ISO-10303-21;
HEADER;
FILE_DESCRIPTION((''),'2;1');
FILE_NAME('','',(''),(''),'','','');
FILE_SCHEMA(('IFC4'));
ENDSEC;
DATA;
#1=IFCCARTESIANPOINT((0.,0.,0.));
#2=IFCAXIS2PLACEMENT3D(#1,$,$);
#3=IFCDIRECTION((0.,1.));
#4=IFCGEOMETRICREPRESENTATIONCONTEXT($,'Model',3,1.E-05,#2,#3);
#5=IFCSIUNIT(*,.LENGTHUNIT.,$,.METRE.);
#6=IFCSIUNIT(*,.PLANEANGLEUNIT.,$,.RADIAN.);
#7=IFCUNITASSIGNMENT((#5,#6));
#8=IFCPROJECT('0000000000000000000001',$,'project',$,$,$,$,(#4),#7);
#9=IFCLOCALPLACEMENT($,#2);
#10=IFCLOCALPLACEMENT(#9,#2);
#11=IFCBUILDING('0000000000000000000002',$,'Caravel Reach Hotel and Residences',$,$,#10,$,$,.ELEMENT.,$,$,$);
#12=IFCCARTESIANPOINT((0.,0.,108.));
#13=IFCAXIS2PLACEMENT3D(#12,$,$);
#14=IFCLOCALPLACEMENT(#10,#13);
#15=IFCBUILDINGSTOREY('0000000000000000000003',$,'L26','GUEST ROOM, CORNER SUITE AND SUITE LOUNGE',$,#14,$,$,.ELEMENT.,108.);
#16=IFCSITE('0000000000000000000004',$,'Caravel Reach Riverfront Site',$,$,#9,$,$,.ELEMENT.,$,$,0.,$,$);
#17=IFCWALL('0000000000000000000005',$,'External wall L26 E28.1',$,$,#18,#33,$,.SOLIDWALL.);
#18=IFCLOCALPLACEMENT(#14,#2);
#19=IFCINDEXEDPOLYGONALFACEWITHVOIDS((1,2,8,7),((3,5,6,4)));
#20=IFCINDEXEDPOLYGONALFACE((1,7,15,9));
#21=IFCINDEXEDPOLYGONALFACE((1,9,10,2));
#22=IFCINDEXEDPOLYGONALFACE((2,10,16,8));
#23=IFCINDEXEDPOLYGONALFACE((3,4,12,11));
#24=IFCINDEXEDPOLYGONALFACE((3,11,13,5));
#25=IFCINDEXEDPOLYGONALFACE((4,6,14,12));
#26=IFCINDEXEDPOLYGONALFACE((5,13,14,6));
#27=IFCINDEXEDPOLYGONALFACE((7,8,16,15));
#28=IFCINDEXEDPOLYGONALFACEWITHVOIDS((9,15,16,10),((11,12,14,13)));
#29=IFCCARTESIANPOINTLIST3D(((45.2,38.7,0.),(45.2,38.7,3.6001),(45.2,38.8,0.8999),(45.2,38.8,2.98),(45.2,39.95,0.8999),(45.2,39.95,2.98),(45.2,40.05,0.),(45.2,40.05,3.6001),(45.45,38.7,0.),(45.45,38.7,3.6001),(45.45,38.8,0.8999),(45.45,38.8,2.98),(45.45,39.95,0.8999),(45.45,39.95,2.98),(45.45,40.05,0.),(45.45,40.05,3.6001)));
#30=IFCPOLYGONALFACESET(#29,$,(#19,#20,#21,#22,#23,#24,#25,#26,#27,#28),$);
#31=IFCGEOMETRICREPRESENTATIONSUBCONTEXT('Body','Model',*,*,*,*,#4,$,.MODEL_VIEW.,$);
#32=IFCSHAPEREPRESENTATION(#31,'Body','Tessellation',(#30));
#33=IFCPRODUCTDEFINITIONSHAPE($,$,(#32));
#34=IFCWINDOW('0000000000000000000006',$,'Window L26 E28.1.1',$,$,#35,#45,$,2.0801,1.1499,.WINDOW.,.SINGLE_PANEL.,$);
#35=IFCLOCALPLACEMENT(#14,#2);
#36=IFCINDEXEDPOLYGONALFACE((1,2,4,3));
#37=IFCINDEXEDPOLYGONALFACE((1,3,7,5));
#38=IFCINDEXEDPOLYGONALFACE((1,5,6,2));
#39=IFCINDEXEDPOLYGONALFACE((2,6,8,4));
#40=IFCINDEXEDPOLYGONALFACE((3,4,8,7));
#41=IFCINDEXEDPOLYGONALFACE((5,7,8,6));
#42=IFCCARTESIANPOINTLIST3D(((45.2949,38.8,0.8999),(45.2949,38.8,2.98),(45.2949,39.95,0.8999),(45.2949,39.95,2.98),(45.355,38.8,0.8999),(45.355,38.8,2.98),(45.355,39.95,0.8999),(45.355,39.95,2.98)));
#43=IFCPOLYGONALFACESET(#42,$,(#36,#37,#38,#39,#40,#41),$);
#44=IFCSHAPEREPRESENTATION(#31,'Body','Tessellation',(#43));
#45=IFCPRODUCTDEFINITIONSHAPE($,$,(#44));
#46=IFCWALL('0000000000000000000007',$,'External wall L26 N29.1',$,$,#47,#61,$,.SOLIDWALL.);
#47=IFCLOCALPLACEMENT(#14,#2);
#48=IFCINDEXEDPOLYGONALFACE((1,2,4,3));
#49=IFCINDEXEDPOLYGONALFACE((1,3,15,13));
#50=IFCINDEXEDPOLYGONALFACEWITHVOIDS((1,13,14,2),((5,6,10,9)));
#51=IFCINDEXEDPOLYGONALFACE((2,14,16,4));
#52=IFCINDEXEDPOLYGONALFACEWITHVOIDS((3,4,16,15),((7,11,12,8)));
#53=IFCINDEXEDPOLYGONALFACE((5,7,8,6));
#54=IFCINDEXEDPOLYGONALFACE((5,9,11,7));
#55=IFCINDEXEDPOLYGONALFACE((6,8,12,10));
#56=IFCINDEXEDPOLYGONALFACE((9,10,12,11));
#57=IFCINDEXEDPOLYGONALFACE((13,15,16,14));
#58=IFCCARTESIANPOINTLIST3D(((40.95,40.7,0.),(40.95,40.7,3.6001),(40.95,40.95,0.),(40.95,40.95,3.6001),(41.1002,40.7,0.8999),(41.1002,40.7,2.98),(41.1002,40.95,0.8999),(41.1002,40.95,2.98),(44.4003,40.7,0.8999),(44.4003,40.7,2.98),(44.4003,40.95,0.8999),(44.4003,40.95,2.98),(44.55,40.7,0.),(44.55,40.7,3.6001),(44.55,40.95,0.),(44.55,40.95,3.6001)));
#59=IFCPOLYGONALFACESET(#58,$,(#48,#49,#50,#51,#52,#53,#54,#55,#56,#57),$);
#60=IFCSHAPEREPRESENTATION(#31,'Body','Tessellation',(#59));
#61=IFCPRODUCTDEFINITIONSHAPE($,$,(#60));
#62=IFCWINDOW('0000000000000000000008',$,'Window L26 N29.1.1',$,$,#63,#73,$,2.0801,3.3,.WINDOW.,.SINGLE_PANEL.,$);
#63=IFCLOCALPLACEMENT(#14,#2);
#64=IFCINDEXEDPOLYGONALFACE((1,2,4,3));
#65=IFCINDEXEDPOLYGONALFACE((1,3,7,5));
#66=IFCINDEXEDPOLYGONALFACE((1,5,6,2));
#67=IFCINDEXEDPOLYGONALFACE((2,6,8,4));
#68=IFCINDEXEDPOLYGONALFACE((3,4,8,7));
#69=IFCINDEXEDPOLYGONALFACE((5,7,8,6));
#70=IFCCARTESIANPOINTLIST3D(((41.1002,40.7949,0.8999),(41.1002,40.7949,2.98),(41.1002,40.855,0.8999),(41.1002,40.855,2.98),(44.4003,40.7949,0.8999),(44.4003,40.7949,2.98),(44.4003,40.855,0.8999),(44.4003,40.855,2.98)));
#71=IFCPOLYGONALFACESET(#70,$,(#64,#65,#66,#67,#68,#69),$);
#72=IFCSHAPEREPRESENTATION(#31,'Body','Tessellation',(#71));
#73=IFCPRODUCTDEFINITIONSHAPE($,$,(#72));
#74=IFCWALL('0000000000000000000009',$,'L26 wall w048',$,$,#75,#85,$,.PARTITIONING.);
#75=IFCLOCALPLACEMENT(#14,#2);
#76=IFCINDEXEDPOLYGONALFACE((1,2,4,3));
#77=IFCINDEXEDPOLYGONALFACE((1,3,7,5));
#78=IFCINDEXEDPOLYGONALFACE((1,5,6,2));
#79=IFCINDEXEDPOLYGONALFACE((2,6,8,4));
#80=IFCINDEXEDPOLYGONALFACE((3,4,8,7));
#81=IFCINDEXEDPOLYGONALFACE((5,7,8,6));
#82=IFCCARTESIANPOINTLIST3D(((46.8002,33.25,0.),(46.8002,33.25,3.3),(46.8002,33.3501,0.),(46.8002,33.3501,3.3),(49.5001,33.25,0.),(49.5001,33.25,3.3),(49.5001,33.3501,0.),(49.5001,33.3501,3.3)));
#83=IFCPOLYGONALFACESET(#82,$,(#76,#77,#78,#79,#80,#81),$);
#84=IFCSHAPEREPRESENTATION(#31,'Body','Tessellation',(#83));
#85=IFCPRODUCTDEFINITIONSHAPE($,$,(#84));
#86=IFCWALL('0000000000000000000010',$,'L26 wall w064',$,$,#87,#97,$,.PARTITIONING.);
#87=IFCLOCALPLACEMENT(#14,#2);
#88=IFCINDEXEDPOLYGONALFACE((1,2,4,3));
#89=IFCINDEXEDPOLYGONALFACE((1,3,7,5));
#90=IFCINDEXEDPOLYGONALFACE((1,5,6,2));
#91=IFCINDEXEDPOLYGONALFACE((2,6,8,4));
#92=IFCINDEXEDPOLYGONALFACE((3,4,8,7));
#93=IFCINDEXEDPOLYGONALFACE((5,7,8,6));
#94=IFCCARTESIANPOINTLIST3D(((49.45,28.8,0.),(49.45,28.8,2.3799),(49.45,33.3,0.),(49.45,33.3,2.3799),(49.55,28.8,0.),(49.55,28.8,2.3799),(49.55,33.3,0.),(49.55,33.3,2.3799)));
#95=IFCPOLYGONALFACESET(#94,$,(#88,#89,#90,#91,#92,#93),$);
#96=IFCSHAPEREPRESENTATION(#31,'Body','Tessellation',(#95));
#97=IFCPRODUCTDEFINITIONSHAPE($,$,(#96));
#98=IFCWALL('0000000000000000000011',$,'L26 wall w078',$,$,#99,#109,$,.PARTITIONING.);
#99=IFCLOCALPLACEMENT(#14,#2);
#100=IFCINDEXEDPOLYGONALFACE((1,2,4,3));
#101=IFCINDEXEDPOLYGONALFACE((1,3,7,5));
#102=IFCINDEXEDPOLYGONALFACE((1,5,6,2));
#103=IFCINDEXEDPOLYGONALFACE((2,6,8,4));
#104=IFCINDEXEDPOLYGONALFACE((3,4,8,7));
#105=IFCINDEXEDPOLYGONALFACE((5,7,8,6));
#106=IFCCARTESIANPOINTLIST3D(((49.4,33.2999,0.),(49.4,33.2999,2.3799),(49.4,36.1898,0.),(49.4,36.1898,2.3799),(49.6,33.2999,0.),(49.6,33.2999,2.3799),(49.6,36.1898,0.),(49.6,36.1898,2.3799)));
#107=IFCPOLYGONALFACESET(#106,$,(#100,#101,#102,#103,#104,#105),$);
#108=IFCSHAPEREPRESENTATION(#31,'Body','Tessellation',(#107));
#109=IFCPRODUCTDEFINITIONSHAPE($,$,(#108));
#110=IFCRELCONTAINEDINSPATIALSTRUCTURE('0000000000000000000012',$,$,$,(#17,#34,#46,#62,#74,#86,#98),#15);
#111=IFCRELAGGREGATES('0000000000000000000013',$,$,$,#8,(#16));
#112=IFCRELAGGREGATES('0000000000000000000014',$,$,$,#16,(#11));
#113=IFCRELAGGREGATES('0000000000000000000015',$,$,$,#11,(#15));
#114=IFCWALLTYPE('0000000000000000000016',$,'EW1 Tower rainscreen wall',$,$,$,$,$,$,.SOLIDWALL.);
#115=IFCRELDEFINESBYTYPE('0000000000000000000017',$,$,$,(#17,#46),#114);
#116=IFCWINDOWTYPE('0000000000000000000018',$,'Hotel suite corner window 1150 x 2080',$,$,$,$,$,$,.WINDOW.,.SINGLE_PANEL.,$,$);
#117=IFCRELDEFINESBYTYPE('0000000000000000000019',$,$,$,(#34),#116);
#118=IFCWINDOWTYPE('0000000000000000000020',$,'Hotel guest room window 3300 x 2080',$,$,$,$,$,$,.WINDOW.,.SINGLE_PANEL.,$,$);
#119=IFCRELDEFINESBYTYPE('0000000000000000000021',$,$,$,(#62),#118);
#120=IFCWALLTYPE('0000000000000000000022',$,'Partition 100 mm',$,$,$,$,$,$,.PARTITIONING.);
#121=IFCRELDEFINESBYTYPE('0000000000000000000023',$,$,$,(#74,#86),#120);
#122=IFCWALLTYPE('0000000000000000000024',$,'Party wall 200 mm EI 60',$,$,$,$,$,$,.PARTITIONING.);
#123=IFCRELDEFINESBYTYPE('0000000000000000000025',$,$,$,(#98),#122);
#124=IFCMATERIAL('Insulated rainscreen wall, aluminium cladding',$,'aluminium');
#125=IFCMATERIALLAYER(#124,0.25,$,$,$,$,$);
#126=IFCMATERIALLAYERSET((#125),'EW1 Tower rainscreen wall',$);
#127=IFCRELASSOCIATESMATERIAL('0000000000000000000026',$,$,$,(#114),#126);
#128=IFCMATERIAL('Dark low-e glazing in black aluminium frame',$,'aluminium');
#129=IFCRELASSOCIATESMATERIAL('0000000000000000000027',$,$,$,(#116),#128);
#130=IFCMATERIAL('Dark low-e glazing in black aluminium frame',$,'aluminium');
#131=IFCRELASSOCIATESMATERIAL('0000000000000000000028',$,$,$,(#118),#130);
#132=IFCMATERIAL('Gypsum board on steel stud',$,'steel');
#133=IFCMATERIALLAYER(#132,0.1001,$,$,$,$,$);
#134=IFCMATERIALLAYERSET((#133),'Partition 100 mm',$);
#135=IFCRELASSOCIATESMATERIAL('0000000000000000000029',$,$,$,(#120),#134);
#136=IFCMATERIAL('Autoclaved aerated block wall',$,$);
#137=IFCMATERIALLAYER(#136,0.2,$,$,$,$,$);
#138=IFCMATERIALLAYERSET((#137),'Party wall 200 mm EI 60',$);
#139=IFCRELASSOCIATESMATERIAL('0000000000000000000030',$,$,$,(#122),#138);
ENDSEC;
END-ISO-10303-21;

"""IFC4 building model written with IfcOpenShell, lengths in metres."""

from ifc_helpers import new_model, si_unit, direction, frame, frame_2d, origin, place, context, subcontext, project, spatial, rectangle, extrude, material, layer, layer_set, type_object, element, fill, save


model = new_model("IFC4")

# Units and contexts
model_context = context("Model", 3, precision=1e-05, world=origin(), true_north=direction((0.0, 1.0)))
body_context = subcontext(model_context, "Body", "Model", "MODEL_VIEW")
ifc_project = project(units=[si_unit("LENGTHUNIT", "METRE"), si_unit("PLANEANGLEUNIT", "RADIAN")], contexts=[model_context])

# Site, building, storey
site_placement = place(None, origin())
site = spatial("IfcSite", under=ifc_project, at=site_placement, Name="Caravel Reach Riverfront Site", CompositionType="ELEMENT", RefElevation=0.0)
building_placement = place(site_placement, origin())
building = spatial("IfcBuilding", under=site, at=building_placement, Name="Caravel Reach Hotel and Residences", CompositionType="ELEMENT")
storey_placement = place(building_placement, frame((0.0, 0.0, 108.0)))
storey = spatial("IfcBuildingStorey", under=building, at=storey_placement, Name="L26", Description="GUEST ROOM, CORNER SUITE AND SUITE LOUNGE", CompositionType="ELEMENT", Elevation=108.0)

# Walls, openings, windows
ifc_material_1 = material(Name="Insulated rainscreen wall, aluminium cladding", Category="aluminium")
ifc_layer_1 = layer(ifc_material_1, 0.25)
ifc_layer_set_1 = layer_set([ifc_layer_1], Name="EW1 Tower rainscreen wall")
wall_type_1 = type_object("IfcWallType", Name="EW1 Tower rainscreen wall", PredefinedType="SOLIDWALL", material=ifc_layer_set_1)
ifc_material_2 = material(Name="Dark low-e glazing in black aluminium frame", Category="aluminium")
window_type_1 = type_object("IfcWindowType", Name="Hotel suite corner window 1150 x 2080", PartitioningType="SINGLE_PANEL", PredefinedType="WINDOW", material=ifc_material_2)
wall_1_placement = place(storey_placement, frame((45.325, 38.7, 0.0), z_axis=(0.0, 0.0, 1.0), x_axis=(0.0, 1.0, 0.0)))
wall_1 = element("IfcWall", 1, at=wall_1_placement, inside=storey, type_object=wall_type_1, Name="External wall L26 E28.1", PredefinedType="SOLIDWALL", context=body_context, shape_type="SweptSolid", body=[
    extrude(rectangle(XDim=1.3501, YDim=0.25, at=frame_2d((0.675, 0.0))), origin(), (0.0, 0.0, 1.0), 3.6001),
])
opening_1_placement = place(wall_1_placement, frame((0.1001, 0.0, 0.8999)))
opening_1 = element("IfcOpeningElement", 2, at=opening_1_placement, cuts=wall_1, PredefinedType="OPENING", context=body_context, shape_type="SweptSolid", body=[
    extrude(rectangle(XDim=1.1499, YDim=2.0801, at=frame_2d((0.575, 1.04))), frame((0.0, 0.135, 0.0), z_axis=(0.0, -1.0, 0.0), x_axis=(1.0, 0.0, 0.0)), (0.0, 0.0, 1.0), 0.27),
])
window_1_placement = place(opening_1_placement, origin())
window_1 = element("IfcWindow", 3, at=window_1_placement, inside=storey, type_object=window_type_1, Name="Window L26 E28.1.1", OverallHeight=2.0801, OverallWidth=1.1499, PartitioningType="SINGLE_PANEL", PredefinedType="WINDOW", context=body_context, shape_type="SweptSolid", body=[
    extrude(rectangle(XDim=1.1499, YDim=2.0801, at=frame_2d((0.575, 1.04))), frame((0.0, 0.03, 0.0), z_axis=(0.0, -1.0, 0.0), x_axis=(1.0, 0.0, 0.0)), (0.0, 0.0, 1.0), 0.0601),
])
fill(opening_1, window_1)
wall_2_placement = place(storey_placement, frame((44.55, 40.825, 0.0), z_axis=(0.0, 0.0, 1.0), x_axis=(-1.0, 0.0, 0.0)))
wall_2 = element("IfcWall", 4, at=wall_2_placement, inside=storey, type_object=wall_type_1, Name="External wall L26 N29.1", PredefinedType="SOLIDWALL", context=body_context, shape_type="SweptSolid", body=[
    extrude(rectangle(XDim=3.6001, YDim=0.25, at=frame_2d((1.8, 0.0))), origin(), (0.0, 0.0, 1.0), 3.6001),
])
opening_2_placement = place(wall_2_placement, frame((0.1499, 0.0, 0.8999)))
opening_2 = element("IfcOpeningElement", 5, at=opening_2_placement, cuts=wall_2, PredefinedType="OPENING", context=body_context, shape_type="SweptSolid", body=[
    extrude(rectangle(XDim=3.3, YDim=2.0801, at=frame_2d((1.6499, 1.04))), frame((0.0, 0.135, 0.0), z_axis=(0.0, -1.0, 0.0), x_axis=(1.0, 0.0, 0.0)), (0.0, 0.0, 1.0), 0.27),
])
ifc_material_3 = material(Name="Dark low-e glazing in black aluminium frame", Category="aluminium")
window_type_2 = type_object("IfcWindowType", Name="Hotel guest room window 3300 x 2080", PartitioningType="SINGLE_PANEL", PredefinedType="WINDOW", material=ifc_material_3)
window_2_placement = place(opening_2_placement, origin())
window_2 = element("IfcWindow", 6, at=window_2_placement, inside=storey, type_object=window_type_2, Name="Window L26 N29.1.1", OverallHeight=2.0801, OverallWidth=3.3, PartitioningType="SINGLE_PANEL", PredefinedType="WINDOW", context=body_context, shape_type="SweptSolid", body=[
    extrude(rectangle(XDim=3.3, YDim=2.0801, at=frame_2d((1.6499, 1.04))), frame((0.0, 0.03, 0.0), z_axis=(0.0, -1.0, 0.0), x_axis=(1.0, 0.0, 0.0)), (0.0, 0.0, 1.0), 0.0601),
])
fill(opening_2, window_2)

# Walls
ifc_material_4 = material(Name="Gypsum board on steel stud", Category="steel")
ifc_layer_2 = layer(ifc_material_4, 0.1001)
ifc_layer_set_2 = layer_set([ifc_layer_2], Name="Partition 100 mm")
wall_type_2 = type_object("IfcWallType", Name="Partition 100 mm", PredefinedType="PARTITIONING", material=ifc_layer_set_2)
wall_3_placement = place(storey_placement, frame((46.8, 33.3, 0.0), z_axis=(0.0, 0.0, 1.0), x_axis=(1.0, 0.0, 0.0)))
element("IfcWall", 7, at=wall_3_placement, inside=storey, type_object=wall_type_2, Name="L26 wall w048", PredefinedType="PARTITIONING", context=body_context, shape_type="SweptSolid", body=[
    extrude(rectangle(XDim=2.7, YDim=0.1001, at=frame_2d((1.3501, 0.0))), origin(), (0.0, 0.0, 1.0), 3.3),
])
wall_4_placement = place(storey_placement, frame((49.5, 28.8, 0.0), z_axis=(0.0, 0.0, 1.0), x_axis=(0.0, 1.0, 0.0)))
element("IfcWall", 8, at=wall_4_placement, inside=storey, type_object=wall_type_2, Name="L26 wall w064", PredefinedType="PARTITIONING", context=body_context, shape_type="SweptSolid", body=[
    extrude(rectangle(XDim=4.5, YDim=0.1001, at=frame_2d((2.25, 0.0))), origin(), (0.0, 0.0, 1.0), 2.3799),
])
ifc_material_5 = material(Name="Autoclaved aerated block wall")
ifc_layer_3 = layer(ifc_material_5, 0.2)
ifc_layer_set_3 = layer_set([ifc_layer_3], Name="Party wall 200 mm EI 60")
wall_type_3 = type_object("IfcWallType", Name="Party wall 200 mm EI 60", PredefinedType="PARTITIONING", material=ifc_layer_set_3)
wall_5_placement = place(storey_placement, frame((49.5, 33.3, 0.0), z_axis=(0.0, 0.0, 1.0), x_axis=(0.0, 1.0, 0.0)))
element("IfcWall", 9, at=wall_5_placement, inside=storey, type_object=wall_type_3, Name="L26 wall w078", PredefinedType="PARTITIONING", context=body_context, shape_type="SweptSolid", body=[
    extrude(rectangle(XDim=2.8899, YDim=0.2, at=frame_2d((1.4448, 0.0))), origin(), (0.0, 0.0, 1.0), 2.3799),
])

save(model, "model.ifc")
